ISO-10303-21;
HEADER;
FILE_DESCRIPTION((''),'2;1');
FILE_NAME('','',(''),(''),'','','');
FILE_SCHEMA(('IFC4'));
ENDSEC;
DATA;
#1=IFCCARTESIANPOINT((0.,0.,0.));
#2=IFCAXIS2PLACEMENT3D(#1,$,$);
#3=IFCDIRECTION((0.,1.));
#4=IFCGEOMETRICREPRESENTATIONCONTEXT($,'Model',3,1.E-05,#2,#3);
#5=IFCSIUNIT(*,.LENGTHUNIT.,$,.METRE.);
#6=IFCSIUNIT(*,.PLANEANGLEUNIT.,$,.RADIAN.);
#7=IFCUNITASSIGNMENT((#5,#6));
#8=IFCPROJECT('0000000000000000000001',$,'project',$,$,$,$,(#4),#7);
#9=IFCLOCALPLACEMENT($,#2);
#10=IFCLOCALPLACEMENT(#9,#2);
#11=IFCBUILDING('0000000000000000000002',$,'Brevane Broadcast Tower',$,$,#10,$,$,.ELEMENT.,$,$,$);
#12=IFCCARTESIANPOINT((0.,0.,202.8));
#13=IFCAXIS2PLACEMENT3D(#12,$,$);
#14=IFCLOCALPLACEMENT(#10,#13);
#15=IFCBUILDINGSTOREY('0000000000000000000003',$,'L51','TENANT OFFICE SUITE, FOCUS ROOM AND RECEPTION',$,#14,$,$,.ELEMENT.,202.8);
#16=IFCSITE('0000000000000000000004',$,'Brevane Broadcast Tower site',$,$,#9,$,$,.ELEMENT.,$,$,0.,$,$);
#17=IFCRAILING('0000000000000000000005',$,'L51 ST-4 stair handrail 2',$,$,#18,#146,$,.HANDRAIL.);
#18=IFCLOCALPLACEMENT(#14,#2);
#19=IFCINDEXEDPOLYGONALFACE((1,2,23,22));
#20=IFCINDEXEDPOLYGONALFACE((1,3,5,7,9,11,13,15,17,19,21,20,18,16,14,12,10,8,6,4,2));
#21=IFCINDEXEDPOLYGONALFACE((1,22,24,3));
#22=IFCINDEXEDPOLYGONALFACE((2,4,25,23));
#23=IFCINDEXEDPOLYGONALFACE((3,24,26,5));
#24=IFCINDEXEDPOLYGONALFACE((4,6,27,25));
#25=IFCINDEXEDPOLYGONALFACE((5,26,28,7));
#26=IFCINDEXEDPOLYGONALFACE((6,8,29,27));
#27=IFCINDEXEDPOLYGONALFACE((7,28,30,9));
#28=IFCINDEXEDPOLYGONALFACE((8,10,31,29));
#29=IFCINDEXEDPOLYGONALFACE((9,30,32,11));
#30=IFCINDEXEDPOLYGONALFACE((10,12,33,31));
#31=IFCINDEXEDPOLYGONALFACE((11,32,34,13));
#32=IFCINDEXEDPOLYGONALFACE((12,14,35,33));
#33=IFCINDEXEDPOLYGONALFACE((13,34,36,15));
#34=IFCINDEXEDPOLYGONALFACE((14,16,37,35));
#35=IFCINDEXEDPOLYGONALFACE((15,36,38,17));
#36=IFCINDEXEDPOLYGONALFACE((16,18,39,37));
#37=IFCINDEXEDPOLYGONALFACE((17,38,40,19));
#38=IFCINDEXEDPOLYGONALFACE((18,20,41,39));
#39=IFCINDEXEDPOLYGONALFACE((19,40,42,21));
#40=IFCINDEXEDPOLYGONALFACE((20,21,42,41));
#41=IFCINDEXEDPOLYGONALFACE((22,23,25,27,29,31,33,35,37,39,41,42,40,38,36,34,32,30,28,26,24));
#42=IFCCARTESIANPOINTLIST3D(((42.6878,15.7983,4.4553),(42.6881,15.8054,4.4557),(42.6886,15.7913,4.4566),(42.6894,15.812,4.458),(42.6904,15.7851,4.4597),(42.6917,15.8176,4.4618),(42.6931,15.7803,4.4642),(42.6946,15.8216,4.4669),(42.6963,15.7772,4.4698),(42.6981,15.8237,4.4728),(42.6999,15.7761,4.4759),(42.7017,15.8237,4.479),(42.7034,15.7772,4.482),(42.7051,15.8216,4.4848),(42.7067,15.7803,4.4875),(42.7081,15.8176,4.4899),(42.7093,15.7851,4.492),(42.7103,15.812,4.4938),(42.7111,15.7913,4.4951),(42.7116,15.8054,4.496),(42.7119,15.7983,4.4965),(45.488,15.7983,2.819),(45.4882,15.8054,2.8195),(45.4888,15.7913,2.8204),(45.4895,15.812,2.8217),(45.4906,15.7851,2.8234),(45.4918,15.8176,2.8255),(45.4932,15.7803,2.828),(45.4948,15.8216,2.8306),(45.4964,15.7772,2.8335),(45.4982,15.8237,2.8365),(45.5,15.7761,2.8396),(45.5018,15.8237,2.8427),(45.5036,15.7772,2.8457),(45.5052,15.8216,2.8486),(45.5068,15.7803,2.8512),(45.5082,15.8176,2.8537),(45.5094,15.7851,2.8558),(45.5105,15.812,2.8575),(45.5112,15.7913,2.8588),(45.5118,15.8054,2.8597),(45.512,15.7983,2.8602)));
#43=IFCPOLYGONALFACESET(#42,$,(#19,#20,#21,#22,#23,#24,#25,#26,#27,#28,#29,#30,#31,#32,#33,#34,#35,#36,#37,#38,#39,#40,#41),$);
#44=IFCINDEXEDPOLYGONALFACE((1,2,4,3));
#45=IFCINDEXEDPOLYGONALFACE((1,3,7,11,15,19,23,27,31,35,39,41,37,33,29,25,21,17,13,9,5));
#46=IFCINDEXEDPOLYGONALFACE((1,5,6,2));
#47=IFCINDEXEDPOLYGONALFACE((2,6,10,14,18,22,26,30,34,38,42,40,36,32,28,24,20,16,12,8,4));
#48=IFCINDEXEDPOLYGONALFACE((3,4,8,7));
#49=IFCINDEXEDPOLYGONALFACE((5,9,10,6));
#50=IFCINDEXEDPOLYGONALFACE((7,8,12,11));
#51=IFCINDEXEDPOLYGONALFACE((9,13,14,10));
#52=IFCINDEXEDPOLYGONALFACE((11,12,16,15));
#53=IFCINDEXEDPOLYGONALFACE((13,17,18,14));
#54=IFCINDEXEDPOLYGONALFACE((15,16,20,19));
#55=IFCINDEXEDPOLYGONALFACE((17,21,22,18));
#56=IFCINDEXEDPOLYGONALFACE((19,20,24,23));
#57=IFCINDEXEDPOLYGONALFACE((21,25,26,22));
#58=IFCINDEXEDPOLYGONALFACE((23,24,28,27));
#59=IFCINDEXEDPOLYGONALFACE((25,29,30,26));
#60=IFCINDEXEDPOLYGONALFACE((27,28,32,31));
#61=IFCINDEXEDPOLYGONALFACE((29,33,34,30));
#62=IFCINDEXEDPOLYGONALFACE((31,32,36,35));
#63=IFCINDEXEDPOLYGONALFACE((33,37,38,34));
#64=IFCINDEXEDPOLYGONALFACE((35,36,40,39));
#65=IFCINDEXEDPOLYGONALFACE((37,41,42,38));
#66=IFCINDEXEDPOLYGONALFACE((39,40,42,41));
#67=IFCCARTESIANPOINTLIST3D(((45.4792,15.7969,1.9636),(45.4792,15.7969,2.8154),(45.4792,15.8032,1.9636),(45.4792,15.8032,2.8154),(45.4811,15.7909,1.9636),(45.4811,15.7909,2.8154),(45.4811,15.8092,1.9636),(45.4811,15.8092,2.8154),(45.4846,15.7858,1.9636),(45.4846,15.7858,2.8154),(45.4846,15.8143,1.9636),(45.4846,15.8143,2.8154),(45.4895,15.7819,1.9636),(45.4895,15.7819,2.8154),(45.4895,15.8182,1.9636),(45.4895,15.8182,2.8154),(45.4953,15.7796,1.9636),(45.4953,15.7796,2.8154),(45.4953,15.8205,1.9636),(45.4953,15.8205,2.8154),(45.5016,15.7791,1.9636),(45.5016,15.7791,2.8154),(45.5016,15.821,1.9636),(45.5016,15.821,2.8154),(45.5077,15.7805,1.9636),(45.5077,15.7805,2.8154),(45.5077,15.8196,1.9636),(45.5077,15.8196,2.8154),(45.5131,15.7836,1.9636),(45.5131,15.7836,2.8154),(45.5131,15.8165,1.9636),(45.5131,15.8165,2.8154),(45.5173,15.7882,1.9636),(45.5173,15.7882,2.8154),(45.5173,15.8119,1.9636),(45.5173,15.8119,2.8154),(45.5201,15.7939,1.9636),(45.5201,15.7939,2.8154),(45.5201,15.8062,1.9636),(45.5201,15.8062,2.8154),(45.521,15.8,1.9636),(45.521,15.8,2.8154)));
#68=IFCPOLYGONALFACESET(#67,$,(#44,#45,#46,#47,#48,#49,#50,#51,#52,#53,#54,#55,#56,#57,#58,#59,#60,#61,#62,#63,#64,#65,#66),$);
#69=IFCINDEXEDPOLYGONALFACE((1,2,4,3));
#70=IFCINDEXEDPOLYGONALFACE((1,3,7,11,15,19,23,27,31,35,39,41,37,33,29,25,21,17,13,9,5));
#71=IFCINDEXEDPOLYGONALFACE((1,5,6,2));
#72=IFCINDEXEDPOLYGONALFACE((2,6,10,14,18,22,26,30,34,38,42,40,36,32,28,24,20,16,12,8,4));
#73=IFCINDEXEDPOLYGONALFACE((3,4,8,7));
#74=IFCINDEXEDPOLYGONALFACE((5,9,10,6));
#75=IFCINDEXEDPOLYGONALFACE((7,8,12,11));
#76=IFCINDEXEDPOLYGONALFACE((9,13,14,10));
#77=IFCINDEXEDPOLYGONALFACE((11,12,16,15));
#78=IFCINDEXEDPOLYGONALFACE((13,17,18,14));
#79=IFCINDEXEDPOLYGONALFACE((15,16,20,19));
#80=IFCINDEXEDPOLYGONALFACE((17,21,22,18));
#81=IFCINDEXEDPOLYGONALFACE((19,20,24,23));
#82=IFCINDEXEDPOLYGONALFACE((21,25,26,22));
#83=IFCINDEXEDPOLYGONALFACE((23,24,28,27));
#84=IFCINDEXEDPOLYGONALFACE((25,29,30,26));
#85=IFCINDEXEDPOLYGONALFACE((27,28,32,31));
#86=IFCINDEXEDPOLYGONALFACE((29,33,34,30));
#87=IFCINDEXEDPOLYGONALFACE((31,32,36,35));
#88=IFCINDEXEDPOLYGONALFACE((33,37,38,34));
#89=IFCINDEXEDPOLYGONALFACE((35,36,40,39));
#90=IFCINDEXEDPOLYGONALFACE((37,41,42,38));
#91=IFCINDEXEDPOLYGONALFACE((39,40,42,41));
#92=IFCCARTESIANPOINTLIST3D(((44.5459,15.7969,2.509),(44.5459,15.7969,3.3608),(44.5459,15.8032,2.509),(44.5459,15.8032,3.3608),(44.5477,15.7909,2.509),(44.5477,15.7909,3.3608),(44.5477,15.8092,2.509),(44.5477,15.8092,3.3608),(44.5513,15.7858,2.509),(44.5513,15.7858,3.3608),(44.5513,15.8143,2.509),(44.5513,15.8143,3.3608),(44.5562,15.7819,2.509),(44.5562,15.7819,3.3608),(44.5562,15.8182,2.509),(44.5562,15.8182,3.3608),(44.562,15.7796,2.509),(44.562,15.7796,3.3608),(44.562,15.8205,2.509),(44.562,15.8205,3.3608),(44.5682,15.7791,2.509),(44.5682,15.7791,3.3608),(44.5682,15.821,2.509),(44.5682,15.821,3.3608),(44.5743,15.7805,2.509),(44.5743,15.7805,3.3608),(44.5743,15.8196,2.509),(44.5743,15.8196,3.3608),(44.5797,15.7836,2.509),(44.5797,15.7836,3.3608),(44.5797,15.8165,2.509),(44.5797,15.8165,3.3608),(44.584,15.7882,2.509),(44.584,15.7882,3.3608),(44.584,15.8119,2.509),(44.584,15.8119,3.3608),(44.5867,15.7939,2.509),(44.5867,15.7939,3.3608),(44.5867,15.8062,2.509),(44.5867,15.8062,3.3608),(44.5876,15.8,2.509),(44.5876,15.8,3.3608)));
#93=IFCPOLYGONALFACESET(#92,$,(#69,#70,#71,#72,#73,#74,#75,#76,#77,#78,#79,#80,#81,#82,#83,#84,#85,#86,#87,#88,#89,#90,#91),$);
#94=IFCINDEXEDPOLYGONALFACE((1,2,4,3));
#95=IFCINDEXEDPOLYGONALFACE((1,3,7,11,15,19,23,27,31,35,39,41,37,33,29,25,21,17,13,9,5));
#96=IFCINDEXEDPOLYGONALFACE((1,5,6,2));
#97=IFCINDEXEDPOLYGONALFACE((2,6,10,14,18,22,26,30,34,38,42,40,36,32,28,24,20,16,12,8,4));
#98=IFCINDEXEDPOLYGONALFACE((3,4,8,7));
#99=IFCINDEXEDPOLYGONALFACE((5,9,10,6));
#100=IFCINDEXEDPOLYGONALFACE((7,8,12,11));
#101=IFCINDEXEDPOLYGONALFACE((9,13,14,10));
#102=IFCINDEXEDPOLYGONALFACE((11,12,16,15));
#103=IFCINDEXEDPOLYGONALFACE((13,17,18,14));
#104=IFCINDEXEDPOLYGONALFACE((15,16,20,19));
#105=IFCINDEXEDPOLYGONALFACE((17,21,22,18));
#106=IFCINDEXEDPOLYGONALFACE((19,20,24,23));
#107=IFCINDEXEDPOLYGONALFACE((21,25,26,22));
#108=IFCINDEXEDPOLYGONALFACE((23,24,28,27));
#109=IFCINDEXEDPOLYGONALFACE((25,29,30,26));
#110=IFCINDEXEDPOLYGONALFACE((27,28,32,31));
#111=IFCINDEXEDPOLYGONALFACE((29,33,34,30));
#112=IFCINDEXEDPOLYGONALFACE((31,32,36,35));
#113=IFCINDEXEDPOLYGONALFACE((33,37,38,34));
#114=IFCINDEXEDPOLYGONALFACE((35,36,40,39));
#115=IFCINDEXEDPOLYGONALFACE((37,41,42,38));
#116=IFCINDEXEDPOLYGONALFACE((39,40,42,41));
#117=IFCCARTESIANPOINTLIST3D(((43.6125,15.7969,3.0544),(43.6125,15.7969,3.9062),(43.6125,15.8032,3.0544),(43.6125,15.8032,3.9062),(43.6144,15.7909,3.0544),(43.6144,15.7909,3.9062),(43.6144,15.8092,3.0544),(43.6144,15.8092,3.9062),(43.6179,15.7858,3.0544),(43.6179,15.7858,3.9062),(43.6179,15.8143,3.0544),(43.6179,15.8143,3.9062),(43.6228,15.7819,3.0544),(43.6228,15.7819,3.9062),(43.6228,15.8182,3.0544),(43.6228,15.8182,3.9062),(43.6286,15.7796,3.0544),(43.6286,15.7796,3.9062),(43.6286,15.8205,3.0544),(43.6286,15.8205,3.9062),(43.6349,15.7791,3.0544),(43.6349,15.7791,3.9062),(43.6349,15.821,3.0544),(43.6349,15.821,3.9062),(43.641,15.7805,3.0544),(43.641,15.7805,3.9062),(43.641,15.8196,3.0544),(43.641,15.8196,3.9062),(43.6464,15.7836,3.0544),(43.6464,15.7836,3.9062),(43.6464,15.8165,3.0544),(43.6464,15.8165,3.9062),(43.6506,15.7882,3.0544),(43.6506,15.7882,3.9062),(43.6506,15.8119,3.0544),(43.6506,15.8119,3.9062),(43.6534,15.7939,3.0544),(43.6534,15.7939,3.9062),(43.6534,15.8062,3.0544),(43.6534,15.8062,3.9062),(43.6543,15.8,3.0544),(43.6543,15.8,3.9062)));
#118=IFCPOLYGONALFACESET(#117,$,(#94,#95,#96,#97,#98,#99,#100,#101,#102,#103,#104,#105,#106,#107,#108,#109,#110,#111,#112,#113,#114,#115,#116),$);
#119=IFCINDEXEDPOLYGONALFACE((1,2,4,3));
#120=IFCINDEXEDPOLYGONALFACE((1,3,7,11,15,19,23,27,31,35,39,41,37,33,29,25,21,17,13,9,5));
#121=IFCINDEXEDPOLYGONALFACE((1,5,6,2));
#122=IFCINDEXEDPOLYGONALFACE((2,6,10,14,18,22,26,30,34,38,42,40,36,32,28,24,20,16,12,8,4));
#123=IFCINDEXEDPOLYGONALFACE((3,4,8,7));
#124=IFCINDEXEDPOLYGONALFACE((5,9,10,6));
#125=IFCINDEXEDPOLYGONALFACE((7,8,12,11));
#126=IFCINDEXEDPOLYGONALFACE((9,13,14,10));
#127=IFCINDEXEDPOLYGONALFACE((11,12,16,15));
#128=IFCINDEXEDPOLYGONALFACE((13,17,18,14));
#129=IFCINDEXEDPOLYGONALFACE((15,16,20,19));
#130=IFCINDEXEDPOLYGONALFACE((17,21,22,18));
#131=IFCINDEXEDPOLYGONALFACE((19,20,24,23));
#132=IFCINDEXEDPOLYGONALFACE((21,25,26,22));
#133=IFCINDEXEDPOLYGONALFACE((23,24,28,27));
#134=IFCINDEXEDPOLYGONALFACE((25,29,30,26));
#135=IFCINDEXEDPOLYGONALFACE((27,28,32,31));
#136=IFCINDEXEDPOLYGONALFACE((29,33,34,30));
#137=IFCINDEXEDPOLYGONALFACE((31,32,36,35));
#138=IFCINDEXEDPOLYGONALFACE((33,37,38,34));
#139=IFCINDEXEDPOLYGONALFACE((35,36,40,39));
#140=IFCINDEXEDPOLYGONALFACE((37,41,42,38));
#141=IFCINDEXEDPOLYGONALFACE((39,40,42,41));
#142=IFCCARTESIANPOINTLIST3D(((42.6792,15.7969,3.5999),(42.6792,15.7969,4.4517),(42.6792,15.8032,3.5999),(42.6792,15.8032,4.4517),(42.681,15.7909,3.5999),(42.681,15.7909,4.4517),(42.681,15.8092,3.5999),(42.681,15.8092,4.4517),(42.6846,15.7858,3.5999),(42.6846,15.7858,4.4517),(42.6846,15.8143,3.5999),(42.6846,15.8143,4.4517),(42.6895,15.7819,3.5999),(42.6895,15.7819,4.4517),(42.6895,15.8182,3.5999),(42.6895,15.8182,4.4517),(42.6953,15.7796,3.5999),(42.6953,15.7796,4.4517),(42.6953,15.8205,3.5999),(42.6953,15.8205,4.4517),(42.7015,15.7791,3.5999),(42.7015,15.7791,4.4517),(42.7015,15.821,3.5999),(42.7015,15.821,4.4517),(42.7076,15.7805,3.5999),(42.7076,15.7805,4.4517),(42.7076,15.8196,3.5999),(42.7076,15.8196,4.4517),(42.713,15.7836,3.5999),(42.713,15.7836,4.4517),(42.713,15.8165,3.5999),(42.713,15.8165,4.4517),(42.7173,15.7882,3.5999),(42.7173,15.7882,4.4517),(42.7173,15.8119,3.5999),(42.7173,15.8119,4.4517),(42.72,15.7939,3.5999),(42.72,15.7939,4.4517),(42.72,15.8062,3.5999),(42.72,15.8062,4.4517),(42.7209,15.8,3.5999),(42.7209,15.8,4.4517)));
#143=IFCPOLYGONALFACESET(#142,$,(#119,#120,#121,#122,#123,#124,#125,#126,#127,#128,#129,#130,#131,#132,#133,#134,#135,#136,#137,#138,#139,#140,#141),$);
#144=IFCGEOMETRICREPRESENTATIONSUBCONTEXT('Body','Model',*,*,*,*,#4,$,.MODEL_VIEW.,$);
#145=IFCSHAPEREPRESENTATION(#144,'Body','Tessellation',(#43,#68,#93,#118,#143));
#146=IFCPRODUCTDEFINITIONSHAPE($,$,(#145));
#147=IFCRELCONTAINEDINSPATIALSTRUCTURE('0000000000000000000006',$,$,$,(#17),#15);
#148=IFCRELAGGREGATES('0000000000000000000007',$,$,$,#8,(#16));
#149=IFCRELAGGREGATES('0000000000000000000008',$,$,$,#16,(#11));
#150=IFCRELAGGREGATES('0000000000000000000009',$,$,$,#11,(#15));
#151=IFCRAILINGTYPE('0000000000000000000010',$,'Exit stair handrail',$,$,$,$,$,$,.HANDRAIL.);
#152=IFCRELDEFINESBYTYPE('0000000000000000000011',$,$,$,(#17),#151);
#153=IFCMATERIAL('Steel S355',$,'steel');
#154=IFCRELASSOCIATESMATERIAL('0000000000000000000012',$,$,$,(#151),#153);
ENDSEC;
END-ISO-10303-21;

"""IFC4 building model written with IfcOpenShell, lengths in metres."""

from ifc_helpers import new_model, si_unit, direction, frame, origin, origin_2d, place, context, subcontext, project, spatial, circle, extrude, material, type_object, element, save


model = new_model("IFC4")

# Units and contexts
model_context = context("Model", 3, precision=1e-05, world=origin(), true_north=direction((0.0, 1.0)))
body_context = subcontext(model_context, "Body", "Model", "MODEL_VIEW")
ifc_project = project(units=[si_unit("LENGTHUNIT", "METRE"), si_unit("PLANEANGLEUNIT", "RADIAN")], contexts=[model_context])

# Site, building, storey
site_placement = place(None, origin())
site = spatial("IfcSite", under=ifc_project, at=site_placement, Name="Brevane Broadcast Tower site", CompositionType="ELEMENT", RefElevation=0.0)
building_placement = place(site_placement, origin())
building = spatial("IfcBuilding", under=site, at=building_placement, Name="Brevane Broadcast Tower", CompositionType="ELEMENT")
storey_placement = place(building_placement, frame((0.0, 0.0, 202.8)))
storey = spatial("IfcBuildingStorey", under=building, at=storey_placement, Name="L51", Description="TENANT OFFICE SUITE, FOCUS ROOM AND RECEPTION", CompositionType="ELEMENT", Elevation=202.8)

# Railing
ifc_material_1 = material(Name="Steel S355", Category="steel")
railing_type_1 = type_object("IfcRailingType", Name="Exit stair handrail", PredefinedType="HANDRAIL", material=ifc_material_1)
railing_1_placement = place(storey_placement, frame((45.5, 15.8, 1.9636)))
element("IfcRailing", 1, at=railing_1_placement, inside=storey, type_object=railing_type_1, Name="L51 ST-4 stair handrail 2", PredefinedType="HANDRAIL", context=body_context, shape_type="SweptSolid", body=[
    extrude(circle(Radius=0.0239, at=origin_2d()), frame((0.0, 0.0, 0.876), z_axis=(-0.863394, 0.0, 0.504531), x_axis=(0.0, -1.0, 0.0)), (0.0, 0.0, 1.0), 3.2432),
    extrude(circle(Radius=0.021, at=origin_2d()), origin(), (0.0, 0.0, 1.0), 0.8518),
    extrude(circle(Radius=0.021, at=origin_2d()), frame((-0.9333, 0.0, 0.5454)), (0.0, 0.0, 1.0), 0.8518),
    extrude(circle(Radius=0.021, at=origin_2d()), frame((-1.8667, 0.0, 1.0908)), (0.0, 0.0, 1.0), 0.8518),
    extrude(circle(Radius=0.021, at=origin_2d()), frame((-2.8, 0.0, 1.6362)), (0.0, 0.0, 1.0), 0.8518),
])

save(model, "model.ifc")
